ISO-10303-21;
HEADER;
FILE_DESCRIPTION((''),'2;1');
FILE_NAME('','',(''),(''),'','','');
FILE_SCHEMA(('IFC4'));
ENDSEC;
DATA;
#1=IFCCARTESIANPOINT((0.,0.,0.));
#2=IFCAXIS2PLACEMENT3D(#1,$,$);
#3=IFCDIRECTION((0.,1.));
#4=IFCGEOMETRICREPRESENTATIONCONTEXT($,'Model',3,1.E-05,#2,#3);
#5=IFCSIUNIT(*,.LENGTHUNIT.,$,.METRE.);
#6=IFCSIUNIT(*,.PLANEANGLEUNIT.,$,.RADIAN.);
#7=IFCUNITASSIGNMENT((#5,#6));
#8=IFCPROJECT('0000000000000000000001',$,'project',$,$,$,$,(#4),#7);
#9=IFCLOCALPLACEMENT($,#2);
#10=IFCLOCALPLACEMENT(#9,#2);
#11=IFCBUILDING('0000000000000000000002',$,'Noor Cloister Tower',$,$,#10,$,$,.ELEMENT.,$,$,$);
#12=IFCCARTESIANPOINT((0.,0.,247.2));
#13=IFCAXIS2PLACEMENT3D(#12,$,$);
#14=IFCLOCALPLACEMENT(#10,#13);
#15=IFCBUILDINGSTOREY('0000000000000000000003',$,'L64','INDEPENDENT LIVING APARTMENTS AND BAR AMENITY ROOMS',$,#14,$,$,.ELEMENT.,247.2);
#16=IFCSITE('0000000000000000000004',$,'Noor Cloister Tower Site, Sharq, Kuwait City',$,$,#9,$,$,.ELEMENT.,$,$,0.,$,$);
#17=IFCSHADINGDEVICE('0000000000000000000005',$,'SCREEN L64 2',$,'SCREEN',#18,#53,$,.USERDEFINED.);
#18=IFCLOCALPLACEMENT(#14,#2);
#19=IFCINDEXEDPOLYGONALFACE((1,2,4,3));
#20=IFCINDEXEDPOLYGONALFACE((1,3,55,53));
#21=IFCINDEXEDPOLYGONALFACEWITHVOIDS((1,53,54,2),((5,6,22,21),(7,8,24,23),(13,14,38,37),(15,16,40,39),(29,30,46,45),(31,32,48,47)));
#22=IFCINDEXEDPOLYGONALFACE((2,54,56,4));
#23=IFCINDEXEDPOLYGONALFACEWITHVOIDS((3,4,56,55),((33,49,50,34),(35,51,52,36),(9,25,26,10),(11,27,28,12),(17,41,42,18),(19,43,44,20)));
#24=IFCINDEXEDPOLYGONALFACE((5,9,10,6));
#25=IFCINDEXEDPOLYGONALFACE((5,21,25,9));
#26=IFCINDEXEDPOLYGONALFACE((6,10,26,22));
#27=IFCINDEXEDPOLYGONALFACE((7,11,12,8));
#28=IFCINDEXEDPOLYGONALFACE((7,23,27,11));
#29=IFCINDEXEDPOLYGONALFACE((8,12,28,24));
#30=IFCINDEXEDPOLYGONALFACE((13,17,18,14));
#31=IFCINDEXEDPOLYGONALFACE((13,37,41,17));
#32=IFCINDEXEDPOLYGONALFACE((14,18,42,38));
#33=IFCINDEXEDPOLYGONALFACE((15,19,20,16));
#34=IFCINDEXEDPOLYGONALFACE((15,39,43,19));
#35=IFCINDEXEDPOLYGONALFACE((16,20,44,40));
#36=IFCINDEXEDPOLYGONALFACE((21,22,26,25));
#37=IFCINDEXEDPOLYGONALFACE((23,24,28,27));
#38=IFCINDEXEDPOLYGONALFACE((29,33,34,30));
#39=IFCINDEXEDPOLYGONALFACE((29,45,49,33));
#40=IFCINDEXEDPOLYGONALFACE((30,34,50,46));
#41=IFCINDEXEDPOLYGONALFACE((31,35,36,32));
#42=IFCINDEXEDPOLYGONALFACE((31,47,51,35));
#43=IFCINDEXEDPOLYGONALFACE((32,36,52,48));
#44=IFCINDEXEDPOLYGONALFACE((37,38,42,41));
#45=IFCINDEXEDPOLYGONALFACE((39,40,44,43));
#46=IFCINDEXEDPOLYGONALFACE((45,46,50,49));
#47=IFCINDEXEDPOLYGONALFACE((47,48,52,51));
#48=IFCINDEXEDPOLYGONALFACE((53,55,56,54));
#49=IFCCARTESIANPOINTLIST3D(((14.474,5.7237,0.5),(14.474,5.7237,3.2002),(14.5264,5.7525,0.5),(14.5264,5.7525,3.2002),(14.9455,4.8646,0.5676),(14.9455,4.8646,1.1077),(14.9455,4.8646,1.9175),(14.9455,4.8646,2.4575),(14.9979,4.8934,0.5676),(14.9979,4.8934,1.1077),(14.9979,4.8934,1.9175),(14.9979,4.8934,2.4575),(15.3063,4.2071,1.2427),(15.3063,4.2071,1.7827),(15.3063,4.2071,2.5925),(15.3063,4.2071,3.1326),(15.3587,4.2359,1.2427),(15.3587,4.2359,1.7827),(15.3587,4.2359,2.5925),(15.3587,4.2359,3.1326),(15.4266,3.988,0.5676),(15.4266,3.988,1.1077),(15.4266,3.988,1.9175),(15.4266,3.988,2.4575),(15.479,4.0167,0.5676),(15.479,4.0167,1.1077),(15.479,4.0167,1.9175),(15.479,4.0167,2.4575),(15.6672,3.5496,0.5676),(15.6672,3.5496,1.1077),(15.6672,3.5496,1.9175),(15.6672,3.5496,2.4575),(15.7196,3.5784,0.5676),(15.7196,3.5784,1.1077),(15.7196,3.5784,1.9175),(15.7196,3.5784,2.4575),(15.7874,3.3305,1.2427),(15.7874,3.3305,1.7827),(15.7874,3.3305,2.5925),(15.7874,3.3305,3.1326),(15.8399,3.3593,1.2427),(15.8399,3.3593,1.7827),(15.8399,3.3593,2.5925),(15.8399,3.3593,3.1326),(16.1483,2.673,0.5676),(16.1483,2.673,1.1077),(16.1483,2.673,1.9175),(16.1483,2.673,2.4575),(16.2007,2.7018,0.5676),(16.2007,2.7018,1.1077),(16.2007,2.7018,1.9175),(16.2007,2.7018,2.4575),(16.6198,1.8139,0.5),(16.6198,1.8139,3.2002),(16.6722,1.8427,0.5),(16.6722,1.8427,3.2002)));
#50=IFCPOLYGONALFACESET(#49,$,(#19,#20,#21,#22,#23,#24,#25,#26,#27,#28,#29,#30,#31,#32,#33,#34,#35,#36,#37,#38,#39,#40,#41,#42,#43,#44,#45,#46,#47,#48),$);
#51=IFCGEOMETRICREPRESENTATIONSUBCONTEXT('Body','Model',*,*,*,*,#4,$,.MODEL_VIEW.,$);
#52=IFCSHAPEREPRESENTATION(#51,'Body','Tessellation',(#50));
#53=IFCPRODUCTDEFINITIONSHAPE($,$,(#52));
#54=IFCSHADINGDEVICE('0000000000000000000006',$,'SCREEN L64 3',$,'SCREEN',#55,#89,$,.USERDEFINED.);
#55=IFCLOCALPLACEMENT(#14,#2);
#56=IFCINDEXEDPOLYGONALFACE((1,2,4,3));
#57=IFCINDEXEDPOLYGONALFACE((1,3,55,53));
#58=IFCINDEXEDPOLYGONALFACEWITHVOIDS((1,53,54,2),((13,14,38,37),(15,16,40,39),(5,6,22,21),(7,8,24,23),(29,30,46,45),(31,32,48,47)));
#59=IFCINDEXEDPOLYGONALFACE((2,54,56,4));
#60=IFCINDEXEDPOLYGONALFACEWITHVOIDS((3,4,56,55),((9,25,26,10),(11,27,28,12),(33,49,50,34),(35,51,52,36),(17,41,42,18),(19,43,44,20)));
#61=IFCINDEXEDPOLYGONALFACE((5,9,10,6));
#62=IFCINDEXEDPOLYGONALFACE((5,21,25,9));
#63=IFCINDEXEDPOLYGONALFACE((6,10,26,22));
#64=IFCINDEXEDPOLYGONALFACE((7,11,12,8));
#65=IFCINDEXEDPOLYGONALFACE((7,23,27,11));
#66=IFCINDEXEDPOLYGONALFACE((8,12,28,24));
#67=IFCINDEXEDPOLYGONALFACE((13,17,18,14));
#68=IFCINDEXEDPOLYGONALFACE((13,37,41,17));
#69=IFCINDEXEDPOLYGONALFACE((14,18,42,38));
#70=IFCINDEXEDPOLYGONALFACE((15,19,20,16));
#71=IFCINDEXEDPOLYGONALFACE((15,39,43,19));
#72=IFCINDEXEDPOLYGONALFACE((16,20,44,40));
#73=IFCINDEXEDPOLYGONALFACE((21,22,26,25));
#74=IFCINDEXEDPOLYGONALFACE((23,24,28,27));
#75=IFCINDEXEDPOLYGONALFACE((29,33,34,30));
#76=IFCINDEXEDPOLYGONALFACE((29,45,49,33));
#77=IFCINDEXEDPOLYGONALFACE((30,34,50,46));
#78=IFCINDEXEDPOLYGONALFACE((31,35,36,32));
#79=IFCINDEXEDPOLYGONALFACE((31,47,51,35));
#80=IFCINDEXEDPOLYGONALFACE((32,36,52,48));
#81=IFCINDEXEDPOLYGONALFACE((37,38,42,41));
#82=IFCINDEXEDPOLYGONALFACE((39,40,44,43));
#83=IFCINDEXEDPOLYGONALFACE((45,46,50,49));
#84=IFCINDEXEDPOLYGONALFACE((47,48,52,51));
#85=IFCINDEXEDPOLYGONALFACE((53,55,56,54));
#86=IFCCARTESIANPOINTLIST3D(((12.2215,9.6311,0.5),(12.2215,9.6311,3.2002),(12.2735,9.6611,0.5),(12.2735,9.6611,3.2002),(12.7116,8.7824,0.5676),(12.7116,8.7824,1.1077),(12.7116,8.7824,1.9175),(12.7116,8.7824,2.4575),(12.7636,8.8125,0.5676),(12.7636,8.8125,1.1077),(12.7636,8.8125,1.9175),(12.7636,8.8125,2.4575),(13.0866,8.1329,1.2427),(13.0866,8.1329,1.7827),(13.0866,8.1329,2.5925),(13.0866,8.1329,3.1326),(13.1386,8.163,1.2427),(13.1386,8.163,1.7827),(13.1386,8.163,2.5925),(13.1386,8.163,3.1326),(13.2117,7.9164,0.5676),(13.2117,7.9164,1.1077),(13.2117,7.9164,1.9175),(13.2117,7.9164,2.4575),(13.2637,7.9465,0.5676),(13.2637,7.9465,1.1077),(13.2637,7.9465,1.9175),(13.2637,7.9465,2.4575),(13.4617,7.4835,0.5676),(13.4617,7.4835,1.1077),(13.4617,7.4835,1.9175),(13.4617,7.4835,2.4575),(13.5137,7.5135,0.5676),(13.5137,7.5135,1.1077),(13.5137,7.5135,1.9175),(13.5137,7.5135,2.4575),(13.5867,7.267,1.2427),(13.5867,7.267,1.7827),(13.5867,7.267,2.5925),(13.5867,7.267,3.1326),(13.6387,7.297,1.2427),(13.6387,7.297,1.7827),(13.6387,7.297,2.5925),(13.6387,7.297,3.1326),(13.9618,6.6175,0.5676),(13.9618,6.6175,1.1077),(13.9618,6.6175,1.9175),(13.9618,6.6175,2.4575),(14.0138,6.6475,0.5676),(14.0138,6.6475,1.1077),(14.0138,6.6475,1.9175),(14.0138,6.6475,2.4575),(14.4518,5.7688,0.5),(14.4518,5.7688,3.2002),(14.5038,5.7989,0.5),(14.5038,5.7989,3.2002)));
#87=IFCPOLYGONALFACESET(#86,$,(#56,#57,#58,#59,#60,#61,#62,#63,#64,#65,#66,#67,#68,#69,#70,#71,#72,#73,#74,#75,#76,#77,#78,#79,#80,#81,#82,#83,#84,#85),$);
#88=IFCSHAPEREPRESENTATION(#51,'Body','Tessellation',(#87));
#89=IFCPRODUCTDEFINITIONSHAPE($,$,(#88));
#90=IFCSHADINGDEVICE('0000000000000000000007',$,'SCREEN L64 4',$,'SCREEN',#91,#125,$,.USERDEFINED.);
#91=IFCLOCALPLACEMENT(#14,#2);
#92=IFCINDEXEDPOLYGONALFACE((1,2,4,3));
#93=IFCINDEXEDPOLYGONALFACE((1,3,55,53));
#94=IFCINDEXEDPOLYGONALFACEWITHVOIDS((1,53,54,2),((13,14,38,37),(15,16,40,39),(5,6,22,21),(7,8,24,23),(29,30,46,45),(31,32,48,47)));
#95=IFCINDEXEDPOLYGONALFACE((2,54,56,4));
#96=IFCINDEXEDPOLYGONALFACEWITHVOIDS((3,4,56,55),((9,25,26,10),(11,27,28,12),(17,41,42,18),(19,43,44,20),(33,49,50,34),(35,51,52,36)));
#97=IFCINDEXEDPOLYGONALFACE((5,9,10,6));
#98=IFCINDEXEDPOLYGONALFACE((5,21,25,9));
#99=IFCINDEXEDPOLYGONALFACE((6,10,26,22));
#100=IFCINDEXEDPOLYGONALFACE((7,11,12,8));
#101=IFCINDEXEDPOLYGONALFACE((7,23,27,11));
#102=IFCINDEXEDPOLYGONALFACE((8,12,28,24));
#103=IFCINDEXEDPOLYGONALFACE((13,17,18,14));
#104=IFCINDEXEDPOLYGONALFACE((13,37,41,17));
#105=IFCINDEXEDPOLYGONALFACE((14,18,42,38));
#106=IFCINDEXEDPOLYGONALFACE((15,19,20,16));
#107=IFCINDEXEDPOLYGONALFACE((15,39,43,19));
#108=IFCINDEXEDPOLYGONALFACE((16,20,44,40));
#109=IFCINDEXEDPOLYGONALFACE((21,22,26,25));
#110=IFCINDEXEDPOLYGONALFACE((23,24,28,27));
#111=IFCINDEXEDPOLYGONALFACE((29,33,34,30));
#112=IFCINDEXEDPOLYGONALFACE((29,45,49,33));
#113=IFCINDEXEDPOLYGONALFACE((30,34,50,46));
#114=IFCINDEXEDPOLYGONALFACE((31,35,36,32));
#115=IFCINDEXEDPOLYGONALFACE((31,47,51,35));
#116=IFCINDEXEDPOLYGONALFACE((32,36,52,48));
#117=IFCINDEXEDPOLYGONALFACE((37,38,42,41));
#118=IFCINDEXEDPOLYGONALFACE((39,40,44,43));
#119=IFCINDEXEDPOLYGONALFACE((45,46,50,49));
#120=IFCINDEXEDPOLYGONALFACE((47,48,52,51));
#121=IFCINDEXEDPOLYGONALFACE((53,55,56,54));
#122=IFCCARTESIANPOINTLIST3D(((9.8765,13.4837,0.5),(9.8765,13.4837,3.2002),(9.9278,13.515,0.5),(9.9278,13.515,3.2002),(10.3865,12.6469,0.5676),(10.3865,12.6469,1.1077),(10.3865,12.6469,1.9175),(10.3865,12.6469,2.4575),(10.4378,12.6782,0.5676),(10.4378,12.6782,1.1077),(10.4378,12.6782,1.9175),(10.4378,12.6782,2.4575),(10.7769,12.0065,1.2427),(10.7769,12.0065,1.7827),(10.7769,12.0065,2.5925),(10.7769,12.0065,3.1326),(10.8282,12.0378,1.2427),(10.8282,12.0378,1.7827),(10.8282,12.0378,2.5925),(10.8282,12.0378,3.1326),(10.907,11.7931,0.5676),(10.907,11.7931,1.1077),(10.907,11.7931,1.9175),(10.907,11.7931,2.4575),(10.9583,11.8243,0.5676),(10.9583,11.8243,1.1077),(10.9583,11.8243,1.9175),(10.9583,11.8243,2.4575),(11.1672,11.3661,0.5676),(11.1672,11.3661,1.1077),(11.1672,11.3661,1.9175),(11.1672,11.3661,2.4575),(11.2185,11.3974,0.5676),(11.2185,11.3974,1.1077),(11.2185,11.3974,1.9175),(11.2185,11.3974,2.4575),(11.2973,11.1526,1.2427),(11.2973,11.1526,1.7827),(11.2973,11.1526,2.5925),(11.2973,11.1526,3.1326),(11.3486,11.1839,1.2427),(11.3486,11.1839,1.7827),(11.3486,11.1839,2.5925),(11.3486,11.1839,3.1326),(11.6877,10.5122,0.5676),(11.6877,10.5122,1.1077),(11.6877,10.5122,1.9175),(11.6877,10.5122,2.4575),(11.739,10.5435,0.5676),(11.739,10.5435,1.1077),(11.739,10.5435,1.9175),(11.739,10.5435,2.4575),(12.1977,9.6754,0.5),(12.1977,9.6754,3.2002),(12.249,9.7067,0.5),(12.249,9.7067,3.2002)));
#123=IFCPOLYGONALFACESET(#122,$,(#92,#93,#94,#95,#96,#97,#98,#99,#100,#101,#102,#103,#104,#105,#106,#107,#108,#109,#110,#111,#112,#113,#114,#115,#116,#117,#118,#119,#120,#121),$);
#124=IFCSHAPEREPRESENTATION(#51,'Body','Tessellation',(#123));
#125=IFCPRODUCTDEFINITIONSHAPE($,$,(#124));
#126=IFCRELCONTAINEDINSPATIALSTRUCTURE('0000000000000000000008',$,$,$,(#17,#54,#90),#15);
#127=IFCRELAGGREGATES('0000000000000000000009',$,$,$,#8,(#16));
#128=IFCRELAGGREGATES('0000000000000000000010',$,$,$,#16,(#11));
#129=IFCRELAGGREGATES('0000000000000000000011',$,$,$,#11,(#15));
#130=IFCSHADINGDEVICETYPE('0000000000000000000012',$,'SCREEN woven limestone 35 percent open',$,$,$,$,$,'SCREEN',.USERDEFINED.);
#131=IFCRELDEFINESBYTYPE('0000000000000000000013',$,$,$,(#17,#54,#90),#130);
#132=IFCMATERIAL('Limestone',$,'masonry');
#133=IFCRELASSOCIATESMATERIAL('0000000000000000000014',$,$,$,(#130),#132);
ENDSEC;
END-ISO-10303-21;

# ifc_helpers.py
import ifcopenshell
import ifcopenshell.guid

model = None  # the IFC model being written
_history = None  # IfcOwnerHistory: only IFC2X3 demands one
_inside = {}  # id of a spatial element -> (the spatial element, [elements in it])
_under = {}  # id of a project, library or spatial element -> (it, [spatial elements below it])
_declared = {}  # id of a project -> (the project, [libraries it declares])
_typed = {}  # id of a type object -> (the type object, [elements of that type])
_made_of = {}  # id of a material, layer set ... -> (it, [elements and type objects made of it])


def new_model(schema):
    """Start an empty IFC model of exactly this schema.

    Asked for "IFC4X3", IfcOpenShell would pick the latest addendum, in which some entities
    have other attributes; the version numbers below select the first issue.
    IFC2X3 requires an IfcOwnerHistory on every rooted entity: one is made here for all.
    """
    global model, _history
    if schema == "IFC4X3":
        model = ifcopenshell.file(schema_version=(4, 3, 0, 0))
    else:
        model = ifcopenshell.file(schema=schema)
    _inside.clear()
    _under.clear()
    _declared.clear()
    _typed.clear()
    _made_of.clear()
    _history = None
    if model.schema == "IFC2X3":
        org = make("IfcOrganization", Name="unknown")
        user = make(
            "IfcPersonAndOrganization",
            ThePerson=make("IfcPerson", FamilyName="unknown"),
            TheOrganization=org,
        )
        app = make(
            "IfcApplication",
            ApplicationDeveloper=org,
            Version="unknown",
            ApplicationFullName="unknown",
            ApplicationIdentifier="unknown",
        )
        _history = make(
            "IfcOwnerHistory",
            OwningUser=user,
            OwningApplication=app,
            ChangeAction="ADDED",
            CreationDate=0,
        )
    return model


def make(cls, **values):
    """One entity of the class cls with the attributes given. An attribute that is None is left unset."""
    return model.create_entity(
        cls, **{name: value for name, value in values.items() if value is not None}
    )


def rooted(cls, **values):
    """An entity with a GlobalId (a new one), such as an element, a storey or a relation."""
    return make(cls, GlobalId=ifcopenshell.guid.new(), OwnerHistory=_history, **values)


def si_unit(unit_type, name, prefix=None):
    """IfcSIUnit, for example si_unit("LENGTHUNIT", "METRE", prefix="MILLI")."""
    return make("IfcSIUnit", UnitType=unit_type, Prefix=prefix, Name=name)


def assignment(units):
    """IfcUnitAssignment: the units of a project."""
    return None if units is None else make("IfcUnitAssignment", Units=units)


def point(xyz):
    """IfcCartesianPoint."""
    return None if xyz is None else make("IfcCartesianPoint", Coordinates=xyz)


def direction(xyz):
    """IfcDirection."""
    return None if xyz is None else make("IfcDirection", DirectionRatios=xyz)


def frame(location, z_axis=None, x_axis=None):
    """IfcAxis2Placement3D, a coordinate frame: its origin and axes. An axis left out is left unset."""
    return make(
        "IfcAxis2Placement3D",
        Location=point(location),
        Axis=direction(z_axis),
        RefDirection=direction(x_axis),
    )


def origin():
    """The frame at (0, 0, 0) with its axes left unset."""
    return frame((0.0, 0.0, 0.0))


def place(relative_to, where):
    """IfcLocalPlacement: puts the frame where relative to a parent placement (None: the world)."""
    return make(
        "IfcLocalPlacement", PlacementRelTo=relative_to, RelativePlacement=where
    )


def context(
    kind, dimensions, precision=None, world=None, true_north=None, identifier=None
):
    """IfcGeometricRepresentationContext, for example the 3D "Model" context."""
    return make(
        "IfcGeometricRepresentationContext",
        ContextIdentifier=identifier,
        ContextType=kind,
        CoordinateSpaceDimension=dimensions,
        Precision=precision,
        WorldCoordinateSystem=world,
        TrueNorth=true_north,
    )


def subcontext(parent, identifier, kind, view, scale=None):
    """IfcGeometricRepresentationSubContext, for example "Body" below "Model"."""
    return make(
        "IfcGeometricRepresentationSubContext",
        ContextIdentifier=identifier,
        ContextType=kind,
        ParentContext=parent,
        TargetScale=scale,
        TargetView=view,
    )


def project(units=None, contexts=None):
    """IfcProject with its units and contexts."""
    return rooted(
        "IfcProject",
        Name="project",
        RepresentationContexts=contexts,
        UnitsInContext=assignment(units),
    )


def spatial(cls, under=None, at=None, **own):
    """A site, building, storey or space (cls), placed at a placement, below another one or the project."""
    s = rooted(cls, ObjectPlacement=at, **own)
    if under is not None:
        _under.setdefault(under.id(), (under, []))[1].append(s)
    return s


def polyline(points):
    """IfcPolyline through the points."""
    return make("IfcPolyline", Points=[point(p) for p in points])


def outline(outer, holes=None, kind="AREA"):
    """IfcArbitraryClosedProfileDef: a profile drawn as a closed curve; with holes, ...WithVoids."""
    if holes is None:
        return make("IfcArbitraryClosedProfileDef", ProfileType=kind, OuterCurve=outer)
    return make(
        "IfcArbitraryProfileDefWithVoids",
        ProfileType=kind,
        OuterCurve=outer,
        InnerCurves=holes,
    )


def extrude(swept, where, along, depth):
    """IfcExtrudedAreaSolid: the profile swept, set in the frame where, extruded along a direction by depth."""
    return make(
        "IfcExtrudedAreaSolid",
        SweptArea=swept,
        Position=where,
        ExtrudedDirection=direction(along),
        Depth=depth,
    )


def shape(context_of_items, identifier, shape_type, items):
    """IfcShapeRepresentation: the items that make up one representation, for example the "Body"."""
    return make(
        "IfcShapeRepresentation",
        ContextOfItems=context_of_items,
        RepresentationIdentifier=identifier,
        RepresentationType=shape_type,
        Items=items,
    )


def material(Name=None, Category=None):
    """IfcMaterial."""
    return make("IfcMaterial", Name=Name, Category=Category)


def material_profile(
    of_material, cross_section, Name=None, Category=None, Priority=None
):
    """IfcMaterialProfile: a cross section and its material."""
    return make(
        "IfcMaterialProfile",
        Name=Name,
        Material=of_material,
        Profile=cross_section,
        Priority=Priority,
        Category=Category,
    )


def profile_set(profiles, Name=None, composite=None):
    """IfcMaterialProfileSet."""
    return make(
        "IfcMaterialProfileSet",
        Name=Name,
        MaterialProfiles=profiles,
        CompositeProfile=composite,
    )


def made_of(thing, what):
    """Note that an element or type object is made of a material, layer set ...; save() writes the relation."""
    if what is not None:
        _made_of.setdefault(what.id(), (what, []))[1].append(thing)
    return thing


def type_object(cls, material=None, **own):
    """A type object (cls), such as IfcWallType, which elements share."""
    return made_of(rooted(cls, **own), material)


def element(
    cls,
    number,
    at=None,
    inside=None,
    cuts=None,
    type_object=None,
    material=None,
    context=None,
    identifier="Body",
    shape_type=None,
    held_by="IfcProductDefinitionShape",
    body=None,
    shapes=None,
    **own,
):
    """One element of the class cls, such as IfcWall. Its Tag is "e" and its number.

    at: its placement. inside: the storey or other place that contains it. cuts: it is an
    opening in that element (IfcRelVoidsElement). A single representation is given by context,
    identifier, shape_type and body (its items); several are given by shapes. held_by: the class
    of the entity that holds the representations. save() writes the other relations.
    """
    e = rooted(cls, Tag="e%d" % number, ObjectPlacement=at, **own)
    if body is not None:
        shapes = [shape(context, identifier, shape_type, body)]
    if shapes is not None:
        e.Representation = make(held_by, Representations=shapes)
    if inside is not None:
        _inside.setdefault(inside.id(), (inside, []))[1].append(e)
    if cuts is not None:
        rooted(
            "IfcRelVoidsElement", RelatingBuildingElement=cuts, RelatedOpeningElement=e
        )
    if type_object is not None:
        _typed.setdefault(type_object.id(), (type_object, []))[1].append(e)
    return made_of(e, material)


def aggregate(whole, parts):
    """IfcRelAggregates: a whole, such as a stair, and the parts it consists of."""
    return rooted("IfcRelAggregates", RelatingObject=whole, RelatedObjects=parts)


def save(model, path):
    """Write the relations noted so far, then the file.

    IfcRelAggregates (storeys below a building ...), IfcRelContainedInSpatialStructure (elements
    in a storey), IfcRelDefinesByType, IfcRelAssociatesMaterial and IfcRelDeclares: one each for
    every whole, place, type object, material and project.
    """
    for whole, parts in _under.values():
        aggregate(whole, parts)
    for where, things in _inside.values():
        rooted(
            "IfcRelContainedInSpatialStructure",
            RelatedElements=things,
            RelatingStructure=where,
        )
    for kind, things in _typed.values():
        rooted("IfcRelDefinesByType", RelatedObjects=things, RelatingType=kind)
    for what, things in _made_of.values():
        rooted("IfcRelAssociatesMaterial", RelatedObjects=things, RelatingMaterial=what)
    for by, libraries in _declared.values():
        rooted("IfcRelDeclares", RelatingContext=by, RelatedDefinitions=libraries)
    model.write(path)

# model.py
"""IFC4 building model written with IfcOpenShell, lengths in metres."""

from ifc_helpers import new_model, si_unit, direction, frame, origin, place, context, subcontext, project, spatial, polyline, outline, extrude, material, material_profile, profile_set, type_object, element, save


model = new_model("IFC4")

# Units and contexts
model_context = context("Model", 3, precision=1e-05, world=origin(), true_north=direction((0.0, 1.0)))
body_context = subcontext(model_context, "Body", "Model", "MODEL_VIEW")
ifc_project = project(units=[si_unit("LENGTHUNIT", "METRE"), si_unit("PLANEANGLEUNIT", "RADIAN")], contexts=[model_context])

# Site, building, storey
site_placement = place(None, origin())
site = spatial("IfcSite", under=ifc_project, at=site_placement, Name="Noor Cloister Tower Site, Sharq, Kuwait City", CompositionType="ELEMENT", RefElevation=0.0)
building_placement = place(site_placement, origin())
building = spatial("IfcBuilding", under=site, at=building_placement, Name="Noor Cloister Tower", CompositionType="ELEMENT")
storey_placement = place(building_placement, frame((0.0, 0.0, 247.2)))
storey = spatial("IfcBuildingStorey", under=building, at=storey_placement, Name="L64", Description="INDEPENDENT LIVING APARTMENTS AND BAR AMENITY ROOMS", CompositionType="ELEMENT", Elevation=247.2)

# Shading devices
ifc_material_1 = material(Name="Limestone", Category="masonry")
ifc_material_profile_1 = material_profile(ifc_material_1, outline(polyline([(-2.23, -1.3501), (2.23, -1.3501), (2.23, 1.3501), (-2.23, 1.3501), (-2.23, -1.3501)]), holes=[polyline([(-1.25, -1.2825), (-0.25, -1.2825), (-0.25, -0.7424), (-1.25, -0.7424), (-1.25, -1.2825)]), polyline([(0.25, -1.2825), (1.25, -1.2825), (1.25, -0.7424), (0.25, -0.7424), (0.25, -1.2825)]), polyline([(-0.5, -0.6074), (0.5, -0.6074), (0.5, -0.0674), (-0.5, -0.0674), (-0.5, -0.6074)]), polyline([(-1.25, 0.0674), (-0.25, 0.0674), (-0.25, 0.6074), (-1.25, 0.6074), (-1.25, 0.0674)]), polyline([(0.25, 0.0674), (1.25, 0.0674), (1.25, 0.6074), (0.25, 0.6074), (0.25, 0.0674)]), polyline([(-0.5, 0.7424), (0.5, 0.7424), (0.5, 1.2825), (-0.5, 1.2825), (-0.5, 0.7424)])]), Name="Woven screen 35 percent open")
ifc_profile_set_1 = profile_set([ifc_material_profile_1], Name="Limestone")
shading_device_type = type_object("IfcShadingDeviceType", Name="SCREEN woven limestone 35 percent open", ElementType="SCREEN", PredefinedType="USERDEFINED", material=ifc_profile_set_1)
shading_device_placement = place(storey_placement, frame((15.5469, 3.7688, 1.8501), z_axis=(0.876646, 0.481136, 0.0), x_axis=(-0.481136, 0.876646, 0.0)))
element("IfcShadingDevice", 1, at=shading_device_placement, inside=storey, type_object=shading_device_type, Name="SCREEN L64 2", ObjectType="SCREEN", PredefinedType="USERDEFINED", context=body_context, shape_type="SweptSolid", body=[
    extrude(outline(polyline([(-2.23, -1.3501), (2.23, -1.3501), (2.23, 1.3501), (-2.23, 1.3501), (-2.23, -1.3501)]), holes=[polyline([(-1.25, -1.2825), (-0.25, -1.2825), (-0.25, -0.7424), (-1.25, -0.7424), (-1.25, -1.2825)]), polyline([(0.25, -1.2825), (1.25, -1.2825), (1.25, -0.7424), (0.25, -0.7424), (0.25, -1.2825)]), polyline([(-0.5, -0.6074), (0.5, -0.6074), (0.5, -0.0674), (-0.5, -0.0674), (-0.5, -0.6074)]), polyline([(-1.25, 0.0674), (-0.25, 0.0674), (-0.25, 0.6074), (-1.25, 0.6074), (-1.25, 0.0674)]), polyline([(0.25, 0.0674), (1.25, 0.0674), (1.25, 0.6074), (0.25, 0.6074), (0.25, 0.0674)]), polyline([(-0.5, 0.7424), (0.5, 0.7424), (0.5, 1.2825), (-0.5, 1.2825), (-0.5, 0.7424)])]), origin(), (0.0, 0.0, 1.0), 0.0598),
])
for number, where, z_axis, x_axis, name in (
    (2, (13.3367, 7.7, 1.8501), (0.865982, 0.500074, 0.0), (-0.500074, 0.865982, 0.0), "SCREEN L64 3"),
    (3, (11.0371, 11.5796, 1.8501), (0.853884, 0.520463, 0.0), (-0.520463, 0.853884, 0.0), "SCREEN L64 4"),
):
    element("IfcShadingDevice", number, at=place(storey_placement, frame(where, z_axis=z_axis, x_axis=x_axis)), inside=storey, type_object=shading_device_type, Name=name, ObjectType="SCREEN", PredefinedType="USERDEFINED", context=body_context, shape_type="SweptSolid", body=[
        extrude(outline(polyline([(-2.23, -1.3501), (2.23, -1.3501), (2.23, 1.3501), (-2.23, 1.3501), (-2.23, -1.3501)]), holes=[polyline([(-1.25, -1.2825), (-0.25, -1.2825), (-0.25, -0.7424), (-1.25, -0.7424), (-1.25, -1.2825)]), polyline([(0.25, -1.2825), (1.25, -1.2825), (1.25, -0.7424), (0.25, -0.7424), (0.25, -1.2825)]), polyline([(-0.5, -0.6074), (0.5, -0.6074), (0.5, -0.0674), (-0.5, -0.0674), (-0.5, -0.6074)]), polyline([(-1.25, 0.0674), (-0.25, 0.0674), (-0.25, 0.6074), (-1.25, 0.6074), (-1.25, 0.0674)]), polyline([(0.25, 0.0674), (1.25, 0.0674), (1.25, 0.6074), (0.25, 0.6074), (0.25, 0.0674)]), polyline([(-0.5, 0.7424), (0.5, 0.7424), (0.5, 1.2825), (-0.5, 1.2825), (-0.5, 0.7424)])]), origin(), (0.0, 0.0, 1.0), 0.0601),
    ])

save(model, "model.ifc")
